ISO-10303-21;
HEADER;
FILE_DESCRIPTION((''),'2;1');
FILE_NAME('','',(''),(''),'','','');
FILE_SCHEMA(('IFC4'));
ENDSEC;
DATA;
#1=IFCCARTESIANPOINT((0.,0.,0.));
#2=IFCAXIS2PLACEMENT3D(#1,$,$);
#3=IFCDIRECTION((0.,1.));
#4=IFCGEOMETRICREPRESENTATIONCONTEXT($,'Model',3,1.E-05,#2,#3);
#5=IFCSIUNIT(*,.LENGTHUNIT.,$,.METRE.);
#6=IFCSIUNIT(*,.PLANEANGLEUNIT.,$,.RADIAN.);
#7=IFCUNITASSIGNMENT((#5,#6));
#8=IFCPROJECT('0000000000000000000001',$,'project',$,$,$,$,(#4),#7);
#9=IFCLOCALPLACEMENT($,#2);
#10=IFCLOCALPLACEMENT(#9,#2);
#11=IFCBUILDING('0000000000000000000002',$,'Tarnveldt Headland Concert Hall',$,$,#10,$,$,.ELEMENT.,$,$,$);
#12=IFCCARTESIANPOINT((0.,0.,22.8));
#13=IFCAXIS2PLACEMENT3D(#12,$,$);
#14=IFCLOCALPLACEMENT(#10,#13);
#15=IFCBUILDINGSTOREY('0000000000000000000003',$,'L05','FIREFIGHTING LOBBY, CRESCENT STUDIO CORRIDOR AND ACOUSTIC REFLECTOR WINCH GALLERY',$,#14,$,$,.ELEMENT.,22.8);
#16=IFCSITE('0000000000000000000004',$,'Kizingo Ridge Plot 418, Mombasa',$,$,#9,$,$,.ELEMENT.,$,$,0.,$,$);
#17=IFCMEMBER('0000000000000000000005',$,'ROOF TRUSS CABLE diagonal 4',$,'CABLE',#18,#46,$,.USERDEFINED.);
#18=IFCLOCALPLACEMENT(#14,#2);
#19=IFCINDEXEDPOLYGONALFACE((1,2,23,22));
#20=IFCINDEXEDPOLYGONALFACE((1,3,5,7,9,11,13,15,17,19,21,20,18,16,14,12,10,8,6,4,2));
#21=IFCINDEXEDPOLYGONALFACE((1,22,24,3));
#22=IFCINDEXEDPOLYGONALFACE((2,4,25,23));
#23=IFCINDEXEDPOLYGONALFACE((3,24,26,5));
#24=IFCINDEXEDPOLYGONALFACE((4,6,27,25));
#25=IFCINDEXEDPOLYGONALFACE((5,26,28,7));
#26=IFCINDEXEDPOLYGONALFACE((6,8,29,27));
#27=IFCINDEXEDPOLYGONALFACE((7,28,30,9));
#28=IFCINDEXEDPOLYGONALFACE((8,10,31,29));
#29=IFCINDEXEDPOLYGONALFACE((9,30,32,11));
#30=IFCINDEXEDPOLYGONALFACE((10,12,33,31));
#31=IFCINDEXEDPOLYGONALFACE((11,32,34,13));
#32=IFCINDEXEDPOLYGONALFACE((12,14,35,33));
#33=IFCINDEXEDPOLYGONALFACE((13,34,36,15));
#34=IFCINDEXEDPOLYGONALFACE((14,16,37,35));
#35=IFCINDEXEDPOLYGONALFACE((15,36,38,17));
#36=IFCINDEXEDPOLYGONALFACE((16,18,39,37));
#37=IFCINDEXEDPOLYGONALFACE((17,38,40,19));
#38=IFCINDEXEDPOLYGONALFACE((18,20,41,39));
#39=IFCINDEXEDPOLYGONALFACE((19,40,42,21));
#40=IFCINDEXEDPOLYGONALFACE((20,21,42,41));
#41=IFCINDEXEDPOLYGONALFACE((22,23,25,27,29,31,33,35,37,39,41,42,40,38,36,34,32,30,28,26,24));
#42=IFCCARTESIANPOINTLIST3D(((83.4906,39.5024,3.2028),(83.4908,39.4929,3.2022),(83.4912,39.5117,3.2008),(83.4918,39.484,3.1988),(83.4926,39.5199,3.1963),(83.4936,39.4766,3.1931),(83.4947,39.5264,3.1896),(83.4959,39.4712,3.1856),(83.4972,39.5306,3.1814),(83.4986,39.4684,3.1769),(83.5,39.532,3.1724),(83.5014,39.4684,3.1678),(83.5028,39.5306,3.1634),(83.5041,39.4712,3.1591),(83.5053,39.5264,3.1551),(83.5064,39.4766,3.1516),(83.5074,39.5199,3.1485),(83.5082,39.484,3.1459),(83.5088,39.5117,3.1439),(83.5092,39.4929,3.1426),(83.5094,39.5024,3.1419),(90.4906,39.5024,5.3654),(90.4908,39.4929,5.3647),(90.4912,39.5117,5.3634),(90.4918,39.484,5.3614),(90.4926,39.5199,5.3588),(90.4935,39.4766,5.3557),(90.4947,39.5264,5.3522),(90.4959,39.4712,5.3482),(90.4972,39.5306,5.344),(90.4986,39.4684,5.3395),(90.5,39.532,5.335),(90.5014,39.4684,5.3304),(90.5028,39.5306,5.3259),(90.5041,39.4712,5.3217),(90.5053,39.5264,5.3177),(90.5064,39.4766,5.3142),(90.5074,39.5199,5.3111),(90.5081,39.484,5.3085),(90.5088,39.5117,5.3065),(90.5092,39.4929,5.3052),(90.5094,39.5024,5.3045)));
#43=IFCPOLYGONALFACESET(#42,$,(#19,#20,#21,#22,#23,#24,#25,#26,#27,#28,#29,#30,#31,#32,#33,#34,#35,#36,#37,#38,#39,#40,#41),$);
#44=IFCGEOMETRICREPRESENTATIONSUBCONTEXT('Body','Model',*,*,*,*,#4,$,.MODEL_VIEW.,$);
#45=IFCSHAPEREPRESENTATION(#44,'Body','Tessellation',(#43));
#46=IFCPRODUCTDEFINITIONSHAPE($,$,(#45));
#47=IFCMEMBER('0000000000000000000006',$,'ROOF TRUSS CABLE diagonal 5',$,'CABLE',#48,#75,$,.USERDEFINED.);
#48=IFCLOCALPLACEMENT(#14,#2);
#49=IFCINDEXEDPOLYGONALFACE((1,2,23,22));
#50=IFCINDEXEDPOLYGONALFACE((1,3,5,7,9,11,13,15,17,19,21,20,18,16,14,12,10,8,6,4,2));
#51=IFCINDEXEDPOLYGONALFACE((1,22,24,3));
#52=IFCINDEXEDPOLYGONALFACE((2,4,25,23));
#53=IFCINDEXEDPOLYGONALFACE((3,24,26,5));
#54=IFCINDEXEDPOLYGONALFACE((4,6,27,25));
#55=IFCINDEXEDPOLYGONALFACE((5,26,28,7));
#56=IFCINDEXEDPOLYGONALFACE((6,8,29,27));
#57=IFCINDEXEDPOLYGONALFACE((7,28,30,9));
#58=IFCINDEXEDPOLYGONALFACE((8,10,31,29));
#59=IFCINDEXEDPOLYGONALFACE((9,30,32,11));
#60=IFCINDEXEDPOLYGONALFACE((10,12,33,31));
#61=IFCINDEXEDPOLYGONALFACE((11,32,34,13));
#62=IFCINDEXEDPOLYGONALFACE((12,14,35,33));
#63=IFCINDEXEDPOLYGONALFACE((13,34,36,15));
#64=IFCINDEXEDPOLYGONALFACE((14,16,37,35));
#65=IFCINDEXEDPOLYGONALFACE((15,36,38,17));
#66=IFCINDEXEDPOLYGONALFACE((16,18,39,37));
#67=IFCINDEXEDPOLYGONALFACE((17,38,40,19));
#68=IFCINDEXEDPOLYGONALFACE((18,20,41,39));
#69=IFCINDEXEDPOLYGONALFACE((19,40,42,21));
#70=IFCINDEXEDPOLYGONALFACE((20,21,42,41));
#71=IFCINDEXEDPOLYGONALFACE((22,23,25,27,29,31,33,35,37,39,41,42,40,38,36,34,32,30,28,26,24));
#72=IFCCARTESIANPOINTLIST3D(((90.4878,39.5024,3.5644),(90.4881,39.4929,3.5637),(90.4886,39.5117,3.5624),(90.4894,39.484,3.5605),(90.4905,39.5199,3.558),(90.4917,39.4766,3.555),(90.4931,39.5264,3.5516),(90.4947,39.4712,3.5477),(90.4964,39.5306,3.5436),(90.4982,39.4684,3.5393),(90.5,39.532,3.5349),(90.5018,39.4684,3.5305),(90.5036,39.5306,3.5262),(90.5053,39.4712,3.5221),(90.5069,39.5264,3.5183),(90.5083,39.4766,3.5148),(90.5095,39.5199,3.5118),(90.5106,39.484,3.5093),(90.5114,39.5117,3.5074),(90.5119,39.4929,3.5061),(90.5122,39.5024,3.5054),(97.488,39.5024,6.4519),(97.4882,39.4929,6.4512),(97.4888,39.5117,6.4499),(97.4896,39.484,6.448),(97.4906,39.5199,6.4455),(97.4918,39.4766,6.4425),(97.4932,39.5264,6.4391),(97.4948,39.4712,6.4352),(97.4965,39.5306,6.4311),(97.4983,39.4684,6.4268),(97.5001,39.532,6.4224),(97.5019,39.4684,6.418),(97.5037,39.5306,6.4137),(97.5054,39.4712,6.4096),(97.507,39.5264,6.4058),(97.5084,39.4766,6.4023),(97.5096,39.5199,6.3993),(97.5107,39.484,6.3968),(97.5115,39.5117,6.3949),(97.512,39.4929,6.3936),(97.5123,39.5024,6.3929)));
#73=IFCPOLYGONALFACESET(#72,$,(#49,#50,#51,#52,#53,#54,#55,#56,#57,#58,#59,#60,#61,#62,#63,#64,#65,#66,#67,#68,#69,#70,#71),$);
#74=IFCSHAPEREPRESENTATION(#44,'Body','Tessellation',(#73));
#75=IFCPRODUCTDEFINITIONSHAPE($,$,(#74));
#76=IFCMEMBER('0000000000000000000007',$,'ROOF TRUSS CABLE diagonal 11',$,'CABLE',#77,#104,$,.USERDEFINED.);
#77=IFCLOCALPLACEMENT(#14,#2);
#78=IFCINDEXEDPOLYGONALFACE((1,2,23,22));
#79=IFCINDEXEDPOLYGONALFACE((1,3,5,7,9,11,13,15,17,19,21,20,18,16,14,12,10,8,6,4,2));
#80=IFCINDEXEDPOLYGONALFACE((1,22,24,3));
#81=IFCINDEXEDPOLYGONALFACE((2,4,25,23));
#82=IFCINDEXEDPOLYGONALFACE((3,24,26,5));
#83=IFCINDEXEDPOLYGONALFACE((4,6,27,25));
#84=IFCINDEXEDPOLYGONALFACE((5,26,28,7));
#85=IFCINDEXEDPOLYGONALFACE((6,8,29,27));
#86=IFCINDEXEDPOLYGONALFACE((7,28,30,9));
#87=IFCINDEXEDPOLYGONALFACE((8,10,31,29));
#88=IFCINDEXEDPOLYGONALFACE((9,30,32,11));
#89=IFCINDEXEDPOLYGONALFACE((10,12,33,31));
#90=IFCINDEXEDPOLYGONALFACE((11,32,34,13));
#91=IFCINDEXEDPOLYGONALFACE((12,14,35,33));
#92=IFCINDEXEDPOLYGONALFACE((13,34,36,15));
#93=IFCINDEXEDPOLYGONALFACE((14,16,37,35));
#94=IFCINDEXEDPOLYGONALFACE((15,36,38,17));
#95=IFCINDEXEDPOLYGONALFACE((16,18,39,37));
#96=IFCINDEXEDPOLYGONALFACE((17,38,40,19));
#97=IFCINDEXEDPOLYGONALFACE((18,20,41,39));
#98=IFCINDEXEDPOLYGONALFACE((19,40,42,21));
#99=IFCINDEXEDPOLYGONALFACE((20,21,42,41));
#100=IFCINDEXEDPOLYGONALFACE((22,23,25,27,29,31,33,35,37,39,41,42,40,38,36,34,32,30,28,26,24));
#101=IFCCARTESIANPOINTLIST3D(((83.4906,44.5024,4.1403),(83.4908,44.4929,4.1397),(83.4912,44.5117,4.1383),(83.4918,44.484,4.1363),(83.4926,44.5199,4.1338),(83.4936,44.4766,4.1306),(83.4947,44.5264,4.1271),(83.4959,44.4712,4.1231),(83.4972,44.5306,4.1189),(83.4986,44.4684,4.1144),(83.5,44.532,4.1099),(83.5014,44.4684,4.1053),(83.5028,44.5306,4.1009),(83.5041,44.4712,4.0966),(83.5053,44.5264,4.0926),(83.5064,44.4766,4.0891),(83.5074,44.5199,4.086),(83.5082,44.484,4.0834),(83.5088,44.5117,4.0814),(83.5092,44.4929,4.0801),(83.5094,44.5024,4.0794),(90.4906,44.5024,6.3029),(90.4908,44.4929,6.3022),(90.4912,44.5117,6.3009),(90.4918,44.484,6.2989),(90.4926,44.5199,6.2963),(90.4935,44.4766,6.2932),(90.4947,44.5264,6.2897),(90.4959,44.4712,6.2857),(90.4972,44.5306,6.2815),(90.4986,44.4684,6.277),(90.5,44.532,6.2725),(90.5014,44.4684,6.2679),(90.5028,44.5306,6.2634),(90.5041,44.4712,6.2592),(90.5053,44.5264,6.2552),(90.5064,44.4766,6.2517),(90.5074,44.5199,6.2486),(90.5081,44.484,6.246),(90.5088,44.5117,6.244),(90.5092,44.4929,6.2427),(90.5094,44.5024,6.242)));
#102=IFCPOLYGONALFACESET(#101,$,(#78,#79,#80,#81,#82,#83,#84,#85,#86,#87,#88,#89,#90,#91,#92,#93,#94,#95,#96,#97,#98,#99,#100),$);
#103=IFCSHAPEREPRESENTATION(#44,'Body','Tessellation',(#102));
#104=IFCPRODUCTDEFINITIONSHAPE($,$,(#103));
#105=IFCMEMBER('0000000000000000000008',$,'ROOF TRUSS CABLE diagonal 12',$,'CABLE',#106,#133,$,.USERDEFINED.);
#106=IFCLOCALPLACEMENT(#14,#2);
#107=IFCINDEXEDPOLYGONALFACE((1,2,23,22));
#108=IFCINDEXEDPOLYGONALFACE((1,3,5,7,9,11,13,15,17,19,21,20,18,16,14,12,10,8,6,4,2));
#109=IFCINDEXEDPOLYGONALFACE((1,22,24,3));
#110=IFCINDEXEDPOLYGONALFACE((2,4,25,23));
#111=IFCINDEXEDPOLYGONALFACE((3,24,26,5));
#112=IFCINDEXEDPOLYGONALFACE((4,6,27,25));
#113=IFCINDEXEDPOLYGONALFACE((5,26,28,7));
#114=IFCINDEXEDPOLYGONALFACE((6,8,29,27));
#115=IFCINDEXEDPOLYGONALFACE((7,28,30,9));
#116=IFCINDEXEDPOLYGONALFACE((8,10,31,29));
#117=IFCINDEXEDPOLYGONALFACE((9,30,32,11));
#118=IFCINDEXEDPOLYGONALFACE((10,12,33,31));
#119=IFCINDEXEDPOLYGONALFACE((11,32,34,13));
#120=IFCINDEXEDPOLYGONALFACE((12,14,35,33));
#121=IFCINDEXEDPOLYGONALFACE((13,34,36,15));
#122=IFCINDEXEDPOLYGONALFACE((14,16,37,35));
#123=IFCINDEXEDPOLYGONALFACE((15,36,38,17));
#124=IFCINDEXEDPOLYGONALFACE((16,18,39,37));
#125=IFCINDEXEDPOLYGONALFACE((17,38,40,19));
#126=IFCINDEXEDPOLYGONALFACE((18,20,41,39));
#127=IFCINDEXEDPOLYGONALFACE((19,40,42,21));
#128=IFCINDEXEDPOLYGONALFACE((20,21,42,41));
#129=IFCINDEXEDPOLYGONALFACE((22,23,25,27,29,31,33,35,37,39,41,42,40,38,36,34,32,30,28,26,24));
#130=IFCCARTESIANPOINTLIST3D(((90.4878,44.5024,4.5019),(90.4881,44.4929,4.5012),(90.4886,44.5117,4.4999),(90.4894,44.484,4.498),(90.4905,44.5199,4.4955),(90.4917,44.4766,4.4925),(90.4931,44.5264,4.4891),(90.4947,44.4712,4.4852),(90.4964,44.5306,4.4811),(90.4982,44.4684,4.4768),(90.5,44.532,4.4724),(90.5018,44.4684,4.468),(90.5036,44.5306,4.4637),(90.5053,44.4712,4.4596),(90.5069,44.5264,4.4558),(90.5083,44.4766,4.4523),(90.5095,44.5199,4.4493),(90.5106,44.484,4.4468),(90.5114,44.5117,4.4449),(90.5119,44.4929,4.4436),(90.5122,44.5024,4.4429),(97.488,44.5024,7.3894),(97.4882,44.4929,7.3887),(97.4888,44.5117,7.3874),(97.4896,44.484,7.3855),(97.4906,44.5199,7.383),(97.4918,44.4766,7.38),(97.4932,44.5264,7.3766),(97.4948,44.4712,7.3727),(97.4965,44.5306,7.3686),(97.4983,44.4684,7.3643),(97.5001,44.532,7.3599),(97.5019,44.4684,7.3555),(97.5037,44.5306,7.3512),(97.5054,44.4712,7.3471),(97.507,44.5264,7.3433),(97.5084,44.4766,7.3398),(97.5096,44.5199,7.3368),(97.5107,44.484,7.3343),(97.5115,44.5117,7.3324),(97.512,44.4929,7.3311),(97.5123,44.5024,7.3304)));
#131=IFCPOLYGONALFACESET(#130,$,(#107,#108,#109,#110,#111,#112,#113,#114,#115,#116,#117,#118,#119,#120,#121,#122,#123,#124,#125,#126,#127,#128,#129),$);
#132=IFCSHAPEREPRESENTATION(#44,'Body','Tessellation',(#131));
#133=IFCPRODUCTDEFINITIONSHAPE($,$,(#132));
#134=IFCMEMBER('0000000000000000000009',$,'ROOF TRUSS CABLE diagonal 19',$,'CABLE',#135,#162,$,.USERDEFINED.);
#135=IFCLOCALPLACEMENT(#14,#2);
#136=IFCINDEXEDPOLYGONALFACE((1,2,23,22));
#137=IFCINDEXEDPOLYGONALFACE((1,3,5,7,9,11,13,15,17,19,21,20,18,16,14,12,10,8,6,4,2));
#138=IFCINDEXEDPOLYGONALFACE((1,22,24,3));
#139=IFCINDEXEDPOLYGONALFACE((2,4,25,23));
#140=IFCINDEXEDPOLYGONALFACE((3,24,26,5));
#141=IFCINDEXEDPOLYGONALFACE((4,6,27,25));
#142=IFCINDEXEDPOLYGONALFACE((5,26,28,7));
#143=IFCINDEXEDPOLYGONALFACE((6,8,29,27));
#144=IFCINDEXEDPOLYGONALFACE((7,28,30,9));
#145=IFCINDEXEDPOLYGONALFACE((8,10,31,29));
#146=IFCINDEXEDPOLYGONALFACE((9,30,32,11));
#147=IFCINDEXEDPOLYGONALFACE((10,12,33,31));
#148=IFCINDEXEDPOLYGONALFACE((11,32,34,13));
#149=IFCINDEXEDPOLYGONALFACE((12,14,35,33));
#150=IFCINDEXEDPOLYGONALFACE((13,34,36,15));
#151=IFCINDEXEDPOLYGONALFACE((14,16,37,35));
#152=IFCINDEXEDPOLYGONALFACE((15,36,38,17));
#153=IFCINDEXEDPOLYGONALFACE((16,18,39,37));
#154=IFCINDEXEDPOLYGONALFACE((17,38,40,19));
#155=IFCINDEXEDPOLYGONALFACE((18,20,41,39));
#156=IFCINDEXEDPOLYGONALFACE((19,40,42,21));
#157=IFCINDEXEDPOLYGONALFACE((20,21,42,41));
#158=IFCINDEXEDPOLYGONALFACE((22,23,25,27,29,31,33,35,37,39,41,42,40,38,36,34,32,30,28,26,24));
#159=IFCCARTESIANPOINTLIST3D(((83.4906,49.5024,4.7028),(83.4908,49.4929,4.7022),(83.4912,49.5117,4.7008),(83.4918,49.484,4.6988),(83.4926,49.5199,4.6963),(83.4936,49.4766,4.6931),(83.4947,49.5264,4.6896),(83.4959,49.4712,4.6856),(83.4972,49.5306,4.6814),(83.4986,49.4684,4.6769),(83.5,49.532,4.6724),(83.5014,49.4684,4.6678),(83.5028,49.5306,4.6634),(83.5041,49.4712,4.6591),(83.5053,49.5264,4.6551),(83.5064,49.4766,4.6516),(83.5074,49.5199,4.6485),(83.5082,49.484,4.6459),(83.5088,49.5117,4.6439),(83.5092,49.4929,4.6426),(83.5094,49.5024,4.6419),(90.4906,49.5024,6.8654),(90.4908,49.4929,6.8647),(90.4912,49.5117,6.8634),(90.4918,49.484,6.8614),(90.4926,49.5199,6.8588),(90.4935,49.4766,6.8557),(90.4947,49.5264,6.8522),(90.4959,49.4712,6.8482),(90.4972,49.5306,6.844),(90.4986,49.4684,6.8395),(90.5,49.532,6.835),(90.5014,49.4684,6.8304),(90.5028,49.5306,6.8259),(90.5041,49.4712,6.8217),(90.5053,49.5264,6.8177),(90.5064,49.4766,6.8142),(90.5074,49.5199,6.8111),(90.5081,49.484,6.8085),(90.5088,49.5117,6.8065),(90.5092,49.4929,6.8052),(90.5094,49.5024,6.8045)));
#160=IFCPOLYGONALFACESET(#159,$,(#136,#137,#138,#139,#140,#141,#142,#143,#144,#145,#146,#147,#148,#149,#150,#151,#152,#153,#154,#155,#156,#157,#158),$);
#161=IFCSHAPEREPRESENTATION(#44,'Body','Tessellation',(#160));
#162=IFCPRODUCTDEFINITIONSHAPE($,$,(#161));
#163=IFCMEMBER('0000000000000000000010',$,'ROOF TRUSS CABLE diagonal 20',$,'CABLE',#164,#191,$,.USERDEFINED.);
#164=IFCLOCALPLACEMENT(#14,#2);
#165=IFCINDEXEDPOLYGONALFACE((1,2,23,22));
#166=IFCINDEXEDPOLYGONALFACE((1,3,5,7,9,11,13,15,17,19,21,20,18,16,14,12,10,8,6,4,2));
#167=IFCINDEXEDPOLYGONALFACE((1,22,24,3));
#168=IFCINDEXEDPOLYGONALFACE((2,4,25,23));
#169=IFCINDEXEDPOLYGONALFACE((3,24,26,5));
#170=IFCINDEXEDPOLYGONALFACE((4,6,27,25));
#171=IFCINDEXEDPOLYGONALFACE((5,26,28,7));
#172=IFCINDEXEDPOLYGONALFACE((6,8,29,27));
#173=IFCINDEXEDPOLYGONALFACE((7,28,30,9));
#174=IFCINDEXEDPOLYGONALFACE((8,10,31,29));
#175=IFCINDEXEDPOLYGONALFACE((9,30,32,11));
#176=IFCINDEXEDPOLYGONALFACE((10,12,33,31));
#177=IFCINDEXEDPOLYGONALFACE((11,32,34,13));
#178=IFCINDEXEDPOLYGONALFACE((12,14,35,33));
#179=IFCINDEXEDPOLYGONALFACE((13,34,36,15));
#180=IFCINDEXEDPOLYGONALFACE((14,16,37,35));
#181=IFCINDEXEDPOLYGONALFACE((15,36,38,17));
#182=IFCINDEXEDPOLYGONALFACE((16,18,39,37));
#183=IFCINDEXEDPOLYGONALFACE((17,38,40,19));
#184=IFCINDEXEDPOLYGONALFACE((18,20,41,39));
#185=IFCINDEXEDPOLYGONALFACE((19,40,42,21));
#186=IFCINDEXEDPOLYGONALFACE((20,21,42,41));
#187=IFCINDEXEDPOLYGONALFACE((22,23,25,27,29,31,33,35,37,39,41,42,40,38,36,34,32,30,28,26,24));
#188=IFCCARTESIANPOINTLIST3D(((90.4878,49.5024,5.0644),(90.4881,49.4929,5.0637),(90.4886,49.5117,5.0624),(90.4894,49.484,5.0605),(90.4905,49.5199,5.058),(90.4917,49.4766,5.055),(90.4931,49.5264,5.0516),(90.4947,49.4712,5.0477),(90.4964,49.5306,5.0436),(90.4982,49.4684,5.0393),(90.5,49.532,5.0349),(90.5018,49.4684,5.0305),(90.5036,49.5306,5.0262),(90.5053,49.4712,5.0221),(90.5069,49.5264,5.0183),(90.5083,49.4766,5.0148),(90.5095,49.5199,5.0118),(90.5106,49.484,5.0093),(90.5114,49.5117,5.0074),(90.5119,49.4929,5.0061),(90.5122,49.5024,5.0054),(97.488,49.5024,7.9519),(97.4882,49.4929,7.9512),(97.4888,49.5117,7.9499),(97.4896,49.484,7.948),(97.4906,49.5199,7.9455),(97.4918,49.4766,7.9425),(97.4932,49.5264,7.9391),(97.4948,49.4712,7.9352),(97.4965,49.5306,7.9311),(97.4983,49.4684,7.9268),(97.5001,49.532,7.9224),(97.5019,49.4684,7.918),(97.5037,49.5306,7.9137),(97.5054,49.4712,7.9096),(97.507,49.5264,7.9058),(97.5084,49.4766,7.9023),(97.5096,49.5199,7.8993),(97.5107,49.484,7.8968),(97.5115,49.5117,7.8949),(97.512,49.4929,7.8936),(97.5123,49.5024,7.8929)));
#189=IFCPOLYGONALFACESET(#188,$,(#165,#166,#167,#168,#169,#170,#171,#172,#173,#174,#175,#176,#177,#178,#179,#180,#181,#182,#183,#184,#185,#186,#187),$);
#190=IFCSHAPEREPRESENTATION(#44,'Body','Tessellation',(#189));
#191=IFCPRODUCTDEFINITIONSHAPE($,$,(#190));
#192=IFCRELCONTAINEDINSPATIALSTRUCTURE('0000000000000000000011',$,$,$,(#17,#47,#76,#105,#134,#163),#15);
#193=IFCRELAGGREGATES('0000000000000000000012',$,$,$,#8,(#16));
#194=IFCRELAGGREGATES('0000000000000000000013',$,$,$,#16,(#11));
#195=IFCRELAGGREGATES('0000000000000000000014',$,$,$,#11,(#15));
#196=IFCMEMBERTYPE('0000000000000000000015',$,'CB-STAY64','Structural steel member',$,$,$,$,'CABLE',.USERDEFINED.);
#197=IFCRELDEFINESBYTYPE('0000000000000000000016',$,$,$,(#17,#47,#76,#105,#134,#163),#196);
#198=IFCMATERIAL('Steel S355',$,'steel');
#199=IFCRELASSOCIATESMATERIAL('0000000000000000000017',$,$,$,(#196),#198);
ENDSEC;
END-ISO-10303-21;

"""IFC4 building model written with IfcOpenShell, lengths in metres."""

from ifc_helpers import new_model, si_unit, direction, frame, origin, origin_2d, place, context, subcontext, project, spatial, circle, extrude, material, material_profile, profile_set, type_object, element, save


model = new_model("IFC4")

# Units and contexts
model_context = context("Model", 3, precision=1e-05, world=origin(), true_north=direction((0.0, 1.0)))
body_context = subcontext(model_context, "Body", "Model", "MODEL_VIEW")
ifc_project = project(units=[si_unit("LENGTHUNIT", "METRE"), si_unit("PLANEANGLEUNIT", "RADIAN")], contexts=[model_context])

# Site, building, storey
site_placement = place(None, origin())
site = spatial("IfcSite", under=ifc_project, at=site_placement, Name="Kizingo Ridge Plot 418, Mombasa", CompositionType="ELEMENT", RefElevation=0.0)
building_placement = place(site_placement, origin())
building = spatial("IfcBuilding", under=site, at=building_placement, Name="Tarnveldt Headland Concert Hall", CompositionType="ELEMENT")
storey_placement = place(building_placement, frame((0.0, 0.0, 22.8)))
storey = spatial("IfcBuildingStorey", under=building, at=storey_placement, Name="L05", Description="FIREFIGHTING LOBBY, CRESCENT STUDIO CORRIDOR AND ACOUSTIC REFLECTOR WINCH GALLERY", CompositionType="ELEMENT", Elevation=22.8)

# Members
ifc_material_1 = material(Name="Steel S355", Category="steel")
ifc_material_profile_1 = material_profile(ifc_material_1, circle(Radius=0.032, at=origin_2d()), Name="LC D64", Category="steel")
ifc_profile_set_1 = profile_set([ifc_material_profile_1], Name="Steel S355")
member_type_1 = type_object("IfcMemberType", Name="CB-STAY64", Description="Structural steel member", ElementType="CABLE", PredefinedType="USERDEFINED", material=ifc_profile_set_1)
member_1_placement = place(storey_placement, frame((83.5, 39.5, 3.1724), z_axis=(0.955443, 0.0, 0.295177), x_axis=(0.0, 1.0, 0.0)))
element("IfcMember", 1, at=member_1_placement, inside=storey, type_object=member_type_1, Name="ROOF TRUSS CABLE diagonal 4", ObjectType="CABLE", PredefinedType="USERDEFINED", context=body_context, shape_type="SweptSolid", body=[
    extrude(circle(Radius=0.032, at=origin_2d()), origin(), (0.0, 0.0, 1.0), 7.3264),
])
member_2_placement = place(storey_placement, frame((90.5, 39.5, 3.5349), z_axis=(0.924441, 0.0, 0.381325), x_axis=(0.0, 1.0, 0.0)))
element("IfcMember", 2, at=member_2_placement, inside=storey, type_object=member_type_1, Name="ROOF TRUSS CABLE diagonal 5", ObjectType="CABLE", PredefinedType="USERDEFINED", context=body_context, shape_type="SweptSolid", body=[
    extrude(circle(Radius=0.032, at=origin_2d()), origin(), (0.0, 0.0, 1.0), 7.5723),
])
member_3_placement = place(storey_placement, frame((83.5, 44.5, 4.1099), z_axis=(0.955443, 0.0, 0.295177), x_axis=(0.0, 1.0, 0.0)))
element("IfcMember", 3, at=member_3_placement, inside=storey, type_object=member_type_1, Name="ROOF TRUSS CABLE diagonal 11", ObjectType="CABLE", PredefinedType="USERDEFINED", context=body_context, shape_type="SweptSolid", body=[
    extrude(circle(Radius=0.032, at=origin_2d()), origin(), (0.0, 0.0, 1.0), 7.3264),
])
member_4_placement = place(storey_placement, frame((90.5, 44.5, 4.4724), z_axis=(0.924441, 0.0, 0.381325), x_axis=(0.0, 1.0, 0.0)))
element("IfcMember", 4, at=member_4_placement, inside=storey, type_object=member_type_1, Name="ROOF TRUSS CABLE diagonal 12", ObjectType="CABLE", PredefinedType="USERDEFINED", context=body_context, shape_type="SweptSolid", body=[
    extrude(circle(Radius=0.032, at=origin_2d()), origin(), (0.0, 0.0, 1.0), 7.5723),
])
member_5_placement = place(storey_placement, frame((83.5, 49.5, 4.6724), z_axis=(0.955443, 0.0, 0.295177), x_axis=(0.0, 1.0, 0.0)))
element("IfcMember", 5, at=member_5_placement, inside=storey, type_object=member_type_1, Name="ROOF TRUSS CABLE diagonal 19", ObjectType="CABLE", PredefinedType="USERDEFINED", context=body_context, shape_type="SweptSolid", body=[
    extrude(circle(Radius=0.032, at=origin_2d()), origin(), (0.0, 0.0, 1.0), 7.3264),
])
member_6_placement = place(storey_placement, frame((90.5, 49.5, 5.0349), z_axis=(0.924441, 0.0, 0.381325), x_axis=(0.0, 1.0, 0.0)))
element("IfcMember", 6, at=member_6_placement, inside=storey, type_object=member_type_1, Name="ROOF TRUSS CABLE diagonal 20", ObjectType="CABLE", PredefinedType="USERDEFINED", context=body_context, shape_type="SweptSolid", body=[
    extrude(circle(Radius=0.032, at=origin_2d()), origin(), (0.0, 0.0, 1.0), 7.5723),
])

save(model, "model.ifc")
